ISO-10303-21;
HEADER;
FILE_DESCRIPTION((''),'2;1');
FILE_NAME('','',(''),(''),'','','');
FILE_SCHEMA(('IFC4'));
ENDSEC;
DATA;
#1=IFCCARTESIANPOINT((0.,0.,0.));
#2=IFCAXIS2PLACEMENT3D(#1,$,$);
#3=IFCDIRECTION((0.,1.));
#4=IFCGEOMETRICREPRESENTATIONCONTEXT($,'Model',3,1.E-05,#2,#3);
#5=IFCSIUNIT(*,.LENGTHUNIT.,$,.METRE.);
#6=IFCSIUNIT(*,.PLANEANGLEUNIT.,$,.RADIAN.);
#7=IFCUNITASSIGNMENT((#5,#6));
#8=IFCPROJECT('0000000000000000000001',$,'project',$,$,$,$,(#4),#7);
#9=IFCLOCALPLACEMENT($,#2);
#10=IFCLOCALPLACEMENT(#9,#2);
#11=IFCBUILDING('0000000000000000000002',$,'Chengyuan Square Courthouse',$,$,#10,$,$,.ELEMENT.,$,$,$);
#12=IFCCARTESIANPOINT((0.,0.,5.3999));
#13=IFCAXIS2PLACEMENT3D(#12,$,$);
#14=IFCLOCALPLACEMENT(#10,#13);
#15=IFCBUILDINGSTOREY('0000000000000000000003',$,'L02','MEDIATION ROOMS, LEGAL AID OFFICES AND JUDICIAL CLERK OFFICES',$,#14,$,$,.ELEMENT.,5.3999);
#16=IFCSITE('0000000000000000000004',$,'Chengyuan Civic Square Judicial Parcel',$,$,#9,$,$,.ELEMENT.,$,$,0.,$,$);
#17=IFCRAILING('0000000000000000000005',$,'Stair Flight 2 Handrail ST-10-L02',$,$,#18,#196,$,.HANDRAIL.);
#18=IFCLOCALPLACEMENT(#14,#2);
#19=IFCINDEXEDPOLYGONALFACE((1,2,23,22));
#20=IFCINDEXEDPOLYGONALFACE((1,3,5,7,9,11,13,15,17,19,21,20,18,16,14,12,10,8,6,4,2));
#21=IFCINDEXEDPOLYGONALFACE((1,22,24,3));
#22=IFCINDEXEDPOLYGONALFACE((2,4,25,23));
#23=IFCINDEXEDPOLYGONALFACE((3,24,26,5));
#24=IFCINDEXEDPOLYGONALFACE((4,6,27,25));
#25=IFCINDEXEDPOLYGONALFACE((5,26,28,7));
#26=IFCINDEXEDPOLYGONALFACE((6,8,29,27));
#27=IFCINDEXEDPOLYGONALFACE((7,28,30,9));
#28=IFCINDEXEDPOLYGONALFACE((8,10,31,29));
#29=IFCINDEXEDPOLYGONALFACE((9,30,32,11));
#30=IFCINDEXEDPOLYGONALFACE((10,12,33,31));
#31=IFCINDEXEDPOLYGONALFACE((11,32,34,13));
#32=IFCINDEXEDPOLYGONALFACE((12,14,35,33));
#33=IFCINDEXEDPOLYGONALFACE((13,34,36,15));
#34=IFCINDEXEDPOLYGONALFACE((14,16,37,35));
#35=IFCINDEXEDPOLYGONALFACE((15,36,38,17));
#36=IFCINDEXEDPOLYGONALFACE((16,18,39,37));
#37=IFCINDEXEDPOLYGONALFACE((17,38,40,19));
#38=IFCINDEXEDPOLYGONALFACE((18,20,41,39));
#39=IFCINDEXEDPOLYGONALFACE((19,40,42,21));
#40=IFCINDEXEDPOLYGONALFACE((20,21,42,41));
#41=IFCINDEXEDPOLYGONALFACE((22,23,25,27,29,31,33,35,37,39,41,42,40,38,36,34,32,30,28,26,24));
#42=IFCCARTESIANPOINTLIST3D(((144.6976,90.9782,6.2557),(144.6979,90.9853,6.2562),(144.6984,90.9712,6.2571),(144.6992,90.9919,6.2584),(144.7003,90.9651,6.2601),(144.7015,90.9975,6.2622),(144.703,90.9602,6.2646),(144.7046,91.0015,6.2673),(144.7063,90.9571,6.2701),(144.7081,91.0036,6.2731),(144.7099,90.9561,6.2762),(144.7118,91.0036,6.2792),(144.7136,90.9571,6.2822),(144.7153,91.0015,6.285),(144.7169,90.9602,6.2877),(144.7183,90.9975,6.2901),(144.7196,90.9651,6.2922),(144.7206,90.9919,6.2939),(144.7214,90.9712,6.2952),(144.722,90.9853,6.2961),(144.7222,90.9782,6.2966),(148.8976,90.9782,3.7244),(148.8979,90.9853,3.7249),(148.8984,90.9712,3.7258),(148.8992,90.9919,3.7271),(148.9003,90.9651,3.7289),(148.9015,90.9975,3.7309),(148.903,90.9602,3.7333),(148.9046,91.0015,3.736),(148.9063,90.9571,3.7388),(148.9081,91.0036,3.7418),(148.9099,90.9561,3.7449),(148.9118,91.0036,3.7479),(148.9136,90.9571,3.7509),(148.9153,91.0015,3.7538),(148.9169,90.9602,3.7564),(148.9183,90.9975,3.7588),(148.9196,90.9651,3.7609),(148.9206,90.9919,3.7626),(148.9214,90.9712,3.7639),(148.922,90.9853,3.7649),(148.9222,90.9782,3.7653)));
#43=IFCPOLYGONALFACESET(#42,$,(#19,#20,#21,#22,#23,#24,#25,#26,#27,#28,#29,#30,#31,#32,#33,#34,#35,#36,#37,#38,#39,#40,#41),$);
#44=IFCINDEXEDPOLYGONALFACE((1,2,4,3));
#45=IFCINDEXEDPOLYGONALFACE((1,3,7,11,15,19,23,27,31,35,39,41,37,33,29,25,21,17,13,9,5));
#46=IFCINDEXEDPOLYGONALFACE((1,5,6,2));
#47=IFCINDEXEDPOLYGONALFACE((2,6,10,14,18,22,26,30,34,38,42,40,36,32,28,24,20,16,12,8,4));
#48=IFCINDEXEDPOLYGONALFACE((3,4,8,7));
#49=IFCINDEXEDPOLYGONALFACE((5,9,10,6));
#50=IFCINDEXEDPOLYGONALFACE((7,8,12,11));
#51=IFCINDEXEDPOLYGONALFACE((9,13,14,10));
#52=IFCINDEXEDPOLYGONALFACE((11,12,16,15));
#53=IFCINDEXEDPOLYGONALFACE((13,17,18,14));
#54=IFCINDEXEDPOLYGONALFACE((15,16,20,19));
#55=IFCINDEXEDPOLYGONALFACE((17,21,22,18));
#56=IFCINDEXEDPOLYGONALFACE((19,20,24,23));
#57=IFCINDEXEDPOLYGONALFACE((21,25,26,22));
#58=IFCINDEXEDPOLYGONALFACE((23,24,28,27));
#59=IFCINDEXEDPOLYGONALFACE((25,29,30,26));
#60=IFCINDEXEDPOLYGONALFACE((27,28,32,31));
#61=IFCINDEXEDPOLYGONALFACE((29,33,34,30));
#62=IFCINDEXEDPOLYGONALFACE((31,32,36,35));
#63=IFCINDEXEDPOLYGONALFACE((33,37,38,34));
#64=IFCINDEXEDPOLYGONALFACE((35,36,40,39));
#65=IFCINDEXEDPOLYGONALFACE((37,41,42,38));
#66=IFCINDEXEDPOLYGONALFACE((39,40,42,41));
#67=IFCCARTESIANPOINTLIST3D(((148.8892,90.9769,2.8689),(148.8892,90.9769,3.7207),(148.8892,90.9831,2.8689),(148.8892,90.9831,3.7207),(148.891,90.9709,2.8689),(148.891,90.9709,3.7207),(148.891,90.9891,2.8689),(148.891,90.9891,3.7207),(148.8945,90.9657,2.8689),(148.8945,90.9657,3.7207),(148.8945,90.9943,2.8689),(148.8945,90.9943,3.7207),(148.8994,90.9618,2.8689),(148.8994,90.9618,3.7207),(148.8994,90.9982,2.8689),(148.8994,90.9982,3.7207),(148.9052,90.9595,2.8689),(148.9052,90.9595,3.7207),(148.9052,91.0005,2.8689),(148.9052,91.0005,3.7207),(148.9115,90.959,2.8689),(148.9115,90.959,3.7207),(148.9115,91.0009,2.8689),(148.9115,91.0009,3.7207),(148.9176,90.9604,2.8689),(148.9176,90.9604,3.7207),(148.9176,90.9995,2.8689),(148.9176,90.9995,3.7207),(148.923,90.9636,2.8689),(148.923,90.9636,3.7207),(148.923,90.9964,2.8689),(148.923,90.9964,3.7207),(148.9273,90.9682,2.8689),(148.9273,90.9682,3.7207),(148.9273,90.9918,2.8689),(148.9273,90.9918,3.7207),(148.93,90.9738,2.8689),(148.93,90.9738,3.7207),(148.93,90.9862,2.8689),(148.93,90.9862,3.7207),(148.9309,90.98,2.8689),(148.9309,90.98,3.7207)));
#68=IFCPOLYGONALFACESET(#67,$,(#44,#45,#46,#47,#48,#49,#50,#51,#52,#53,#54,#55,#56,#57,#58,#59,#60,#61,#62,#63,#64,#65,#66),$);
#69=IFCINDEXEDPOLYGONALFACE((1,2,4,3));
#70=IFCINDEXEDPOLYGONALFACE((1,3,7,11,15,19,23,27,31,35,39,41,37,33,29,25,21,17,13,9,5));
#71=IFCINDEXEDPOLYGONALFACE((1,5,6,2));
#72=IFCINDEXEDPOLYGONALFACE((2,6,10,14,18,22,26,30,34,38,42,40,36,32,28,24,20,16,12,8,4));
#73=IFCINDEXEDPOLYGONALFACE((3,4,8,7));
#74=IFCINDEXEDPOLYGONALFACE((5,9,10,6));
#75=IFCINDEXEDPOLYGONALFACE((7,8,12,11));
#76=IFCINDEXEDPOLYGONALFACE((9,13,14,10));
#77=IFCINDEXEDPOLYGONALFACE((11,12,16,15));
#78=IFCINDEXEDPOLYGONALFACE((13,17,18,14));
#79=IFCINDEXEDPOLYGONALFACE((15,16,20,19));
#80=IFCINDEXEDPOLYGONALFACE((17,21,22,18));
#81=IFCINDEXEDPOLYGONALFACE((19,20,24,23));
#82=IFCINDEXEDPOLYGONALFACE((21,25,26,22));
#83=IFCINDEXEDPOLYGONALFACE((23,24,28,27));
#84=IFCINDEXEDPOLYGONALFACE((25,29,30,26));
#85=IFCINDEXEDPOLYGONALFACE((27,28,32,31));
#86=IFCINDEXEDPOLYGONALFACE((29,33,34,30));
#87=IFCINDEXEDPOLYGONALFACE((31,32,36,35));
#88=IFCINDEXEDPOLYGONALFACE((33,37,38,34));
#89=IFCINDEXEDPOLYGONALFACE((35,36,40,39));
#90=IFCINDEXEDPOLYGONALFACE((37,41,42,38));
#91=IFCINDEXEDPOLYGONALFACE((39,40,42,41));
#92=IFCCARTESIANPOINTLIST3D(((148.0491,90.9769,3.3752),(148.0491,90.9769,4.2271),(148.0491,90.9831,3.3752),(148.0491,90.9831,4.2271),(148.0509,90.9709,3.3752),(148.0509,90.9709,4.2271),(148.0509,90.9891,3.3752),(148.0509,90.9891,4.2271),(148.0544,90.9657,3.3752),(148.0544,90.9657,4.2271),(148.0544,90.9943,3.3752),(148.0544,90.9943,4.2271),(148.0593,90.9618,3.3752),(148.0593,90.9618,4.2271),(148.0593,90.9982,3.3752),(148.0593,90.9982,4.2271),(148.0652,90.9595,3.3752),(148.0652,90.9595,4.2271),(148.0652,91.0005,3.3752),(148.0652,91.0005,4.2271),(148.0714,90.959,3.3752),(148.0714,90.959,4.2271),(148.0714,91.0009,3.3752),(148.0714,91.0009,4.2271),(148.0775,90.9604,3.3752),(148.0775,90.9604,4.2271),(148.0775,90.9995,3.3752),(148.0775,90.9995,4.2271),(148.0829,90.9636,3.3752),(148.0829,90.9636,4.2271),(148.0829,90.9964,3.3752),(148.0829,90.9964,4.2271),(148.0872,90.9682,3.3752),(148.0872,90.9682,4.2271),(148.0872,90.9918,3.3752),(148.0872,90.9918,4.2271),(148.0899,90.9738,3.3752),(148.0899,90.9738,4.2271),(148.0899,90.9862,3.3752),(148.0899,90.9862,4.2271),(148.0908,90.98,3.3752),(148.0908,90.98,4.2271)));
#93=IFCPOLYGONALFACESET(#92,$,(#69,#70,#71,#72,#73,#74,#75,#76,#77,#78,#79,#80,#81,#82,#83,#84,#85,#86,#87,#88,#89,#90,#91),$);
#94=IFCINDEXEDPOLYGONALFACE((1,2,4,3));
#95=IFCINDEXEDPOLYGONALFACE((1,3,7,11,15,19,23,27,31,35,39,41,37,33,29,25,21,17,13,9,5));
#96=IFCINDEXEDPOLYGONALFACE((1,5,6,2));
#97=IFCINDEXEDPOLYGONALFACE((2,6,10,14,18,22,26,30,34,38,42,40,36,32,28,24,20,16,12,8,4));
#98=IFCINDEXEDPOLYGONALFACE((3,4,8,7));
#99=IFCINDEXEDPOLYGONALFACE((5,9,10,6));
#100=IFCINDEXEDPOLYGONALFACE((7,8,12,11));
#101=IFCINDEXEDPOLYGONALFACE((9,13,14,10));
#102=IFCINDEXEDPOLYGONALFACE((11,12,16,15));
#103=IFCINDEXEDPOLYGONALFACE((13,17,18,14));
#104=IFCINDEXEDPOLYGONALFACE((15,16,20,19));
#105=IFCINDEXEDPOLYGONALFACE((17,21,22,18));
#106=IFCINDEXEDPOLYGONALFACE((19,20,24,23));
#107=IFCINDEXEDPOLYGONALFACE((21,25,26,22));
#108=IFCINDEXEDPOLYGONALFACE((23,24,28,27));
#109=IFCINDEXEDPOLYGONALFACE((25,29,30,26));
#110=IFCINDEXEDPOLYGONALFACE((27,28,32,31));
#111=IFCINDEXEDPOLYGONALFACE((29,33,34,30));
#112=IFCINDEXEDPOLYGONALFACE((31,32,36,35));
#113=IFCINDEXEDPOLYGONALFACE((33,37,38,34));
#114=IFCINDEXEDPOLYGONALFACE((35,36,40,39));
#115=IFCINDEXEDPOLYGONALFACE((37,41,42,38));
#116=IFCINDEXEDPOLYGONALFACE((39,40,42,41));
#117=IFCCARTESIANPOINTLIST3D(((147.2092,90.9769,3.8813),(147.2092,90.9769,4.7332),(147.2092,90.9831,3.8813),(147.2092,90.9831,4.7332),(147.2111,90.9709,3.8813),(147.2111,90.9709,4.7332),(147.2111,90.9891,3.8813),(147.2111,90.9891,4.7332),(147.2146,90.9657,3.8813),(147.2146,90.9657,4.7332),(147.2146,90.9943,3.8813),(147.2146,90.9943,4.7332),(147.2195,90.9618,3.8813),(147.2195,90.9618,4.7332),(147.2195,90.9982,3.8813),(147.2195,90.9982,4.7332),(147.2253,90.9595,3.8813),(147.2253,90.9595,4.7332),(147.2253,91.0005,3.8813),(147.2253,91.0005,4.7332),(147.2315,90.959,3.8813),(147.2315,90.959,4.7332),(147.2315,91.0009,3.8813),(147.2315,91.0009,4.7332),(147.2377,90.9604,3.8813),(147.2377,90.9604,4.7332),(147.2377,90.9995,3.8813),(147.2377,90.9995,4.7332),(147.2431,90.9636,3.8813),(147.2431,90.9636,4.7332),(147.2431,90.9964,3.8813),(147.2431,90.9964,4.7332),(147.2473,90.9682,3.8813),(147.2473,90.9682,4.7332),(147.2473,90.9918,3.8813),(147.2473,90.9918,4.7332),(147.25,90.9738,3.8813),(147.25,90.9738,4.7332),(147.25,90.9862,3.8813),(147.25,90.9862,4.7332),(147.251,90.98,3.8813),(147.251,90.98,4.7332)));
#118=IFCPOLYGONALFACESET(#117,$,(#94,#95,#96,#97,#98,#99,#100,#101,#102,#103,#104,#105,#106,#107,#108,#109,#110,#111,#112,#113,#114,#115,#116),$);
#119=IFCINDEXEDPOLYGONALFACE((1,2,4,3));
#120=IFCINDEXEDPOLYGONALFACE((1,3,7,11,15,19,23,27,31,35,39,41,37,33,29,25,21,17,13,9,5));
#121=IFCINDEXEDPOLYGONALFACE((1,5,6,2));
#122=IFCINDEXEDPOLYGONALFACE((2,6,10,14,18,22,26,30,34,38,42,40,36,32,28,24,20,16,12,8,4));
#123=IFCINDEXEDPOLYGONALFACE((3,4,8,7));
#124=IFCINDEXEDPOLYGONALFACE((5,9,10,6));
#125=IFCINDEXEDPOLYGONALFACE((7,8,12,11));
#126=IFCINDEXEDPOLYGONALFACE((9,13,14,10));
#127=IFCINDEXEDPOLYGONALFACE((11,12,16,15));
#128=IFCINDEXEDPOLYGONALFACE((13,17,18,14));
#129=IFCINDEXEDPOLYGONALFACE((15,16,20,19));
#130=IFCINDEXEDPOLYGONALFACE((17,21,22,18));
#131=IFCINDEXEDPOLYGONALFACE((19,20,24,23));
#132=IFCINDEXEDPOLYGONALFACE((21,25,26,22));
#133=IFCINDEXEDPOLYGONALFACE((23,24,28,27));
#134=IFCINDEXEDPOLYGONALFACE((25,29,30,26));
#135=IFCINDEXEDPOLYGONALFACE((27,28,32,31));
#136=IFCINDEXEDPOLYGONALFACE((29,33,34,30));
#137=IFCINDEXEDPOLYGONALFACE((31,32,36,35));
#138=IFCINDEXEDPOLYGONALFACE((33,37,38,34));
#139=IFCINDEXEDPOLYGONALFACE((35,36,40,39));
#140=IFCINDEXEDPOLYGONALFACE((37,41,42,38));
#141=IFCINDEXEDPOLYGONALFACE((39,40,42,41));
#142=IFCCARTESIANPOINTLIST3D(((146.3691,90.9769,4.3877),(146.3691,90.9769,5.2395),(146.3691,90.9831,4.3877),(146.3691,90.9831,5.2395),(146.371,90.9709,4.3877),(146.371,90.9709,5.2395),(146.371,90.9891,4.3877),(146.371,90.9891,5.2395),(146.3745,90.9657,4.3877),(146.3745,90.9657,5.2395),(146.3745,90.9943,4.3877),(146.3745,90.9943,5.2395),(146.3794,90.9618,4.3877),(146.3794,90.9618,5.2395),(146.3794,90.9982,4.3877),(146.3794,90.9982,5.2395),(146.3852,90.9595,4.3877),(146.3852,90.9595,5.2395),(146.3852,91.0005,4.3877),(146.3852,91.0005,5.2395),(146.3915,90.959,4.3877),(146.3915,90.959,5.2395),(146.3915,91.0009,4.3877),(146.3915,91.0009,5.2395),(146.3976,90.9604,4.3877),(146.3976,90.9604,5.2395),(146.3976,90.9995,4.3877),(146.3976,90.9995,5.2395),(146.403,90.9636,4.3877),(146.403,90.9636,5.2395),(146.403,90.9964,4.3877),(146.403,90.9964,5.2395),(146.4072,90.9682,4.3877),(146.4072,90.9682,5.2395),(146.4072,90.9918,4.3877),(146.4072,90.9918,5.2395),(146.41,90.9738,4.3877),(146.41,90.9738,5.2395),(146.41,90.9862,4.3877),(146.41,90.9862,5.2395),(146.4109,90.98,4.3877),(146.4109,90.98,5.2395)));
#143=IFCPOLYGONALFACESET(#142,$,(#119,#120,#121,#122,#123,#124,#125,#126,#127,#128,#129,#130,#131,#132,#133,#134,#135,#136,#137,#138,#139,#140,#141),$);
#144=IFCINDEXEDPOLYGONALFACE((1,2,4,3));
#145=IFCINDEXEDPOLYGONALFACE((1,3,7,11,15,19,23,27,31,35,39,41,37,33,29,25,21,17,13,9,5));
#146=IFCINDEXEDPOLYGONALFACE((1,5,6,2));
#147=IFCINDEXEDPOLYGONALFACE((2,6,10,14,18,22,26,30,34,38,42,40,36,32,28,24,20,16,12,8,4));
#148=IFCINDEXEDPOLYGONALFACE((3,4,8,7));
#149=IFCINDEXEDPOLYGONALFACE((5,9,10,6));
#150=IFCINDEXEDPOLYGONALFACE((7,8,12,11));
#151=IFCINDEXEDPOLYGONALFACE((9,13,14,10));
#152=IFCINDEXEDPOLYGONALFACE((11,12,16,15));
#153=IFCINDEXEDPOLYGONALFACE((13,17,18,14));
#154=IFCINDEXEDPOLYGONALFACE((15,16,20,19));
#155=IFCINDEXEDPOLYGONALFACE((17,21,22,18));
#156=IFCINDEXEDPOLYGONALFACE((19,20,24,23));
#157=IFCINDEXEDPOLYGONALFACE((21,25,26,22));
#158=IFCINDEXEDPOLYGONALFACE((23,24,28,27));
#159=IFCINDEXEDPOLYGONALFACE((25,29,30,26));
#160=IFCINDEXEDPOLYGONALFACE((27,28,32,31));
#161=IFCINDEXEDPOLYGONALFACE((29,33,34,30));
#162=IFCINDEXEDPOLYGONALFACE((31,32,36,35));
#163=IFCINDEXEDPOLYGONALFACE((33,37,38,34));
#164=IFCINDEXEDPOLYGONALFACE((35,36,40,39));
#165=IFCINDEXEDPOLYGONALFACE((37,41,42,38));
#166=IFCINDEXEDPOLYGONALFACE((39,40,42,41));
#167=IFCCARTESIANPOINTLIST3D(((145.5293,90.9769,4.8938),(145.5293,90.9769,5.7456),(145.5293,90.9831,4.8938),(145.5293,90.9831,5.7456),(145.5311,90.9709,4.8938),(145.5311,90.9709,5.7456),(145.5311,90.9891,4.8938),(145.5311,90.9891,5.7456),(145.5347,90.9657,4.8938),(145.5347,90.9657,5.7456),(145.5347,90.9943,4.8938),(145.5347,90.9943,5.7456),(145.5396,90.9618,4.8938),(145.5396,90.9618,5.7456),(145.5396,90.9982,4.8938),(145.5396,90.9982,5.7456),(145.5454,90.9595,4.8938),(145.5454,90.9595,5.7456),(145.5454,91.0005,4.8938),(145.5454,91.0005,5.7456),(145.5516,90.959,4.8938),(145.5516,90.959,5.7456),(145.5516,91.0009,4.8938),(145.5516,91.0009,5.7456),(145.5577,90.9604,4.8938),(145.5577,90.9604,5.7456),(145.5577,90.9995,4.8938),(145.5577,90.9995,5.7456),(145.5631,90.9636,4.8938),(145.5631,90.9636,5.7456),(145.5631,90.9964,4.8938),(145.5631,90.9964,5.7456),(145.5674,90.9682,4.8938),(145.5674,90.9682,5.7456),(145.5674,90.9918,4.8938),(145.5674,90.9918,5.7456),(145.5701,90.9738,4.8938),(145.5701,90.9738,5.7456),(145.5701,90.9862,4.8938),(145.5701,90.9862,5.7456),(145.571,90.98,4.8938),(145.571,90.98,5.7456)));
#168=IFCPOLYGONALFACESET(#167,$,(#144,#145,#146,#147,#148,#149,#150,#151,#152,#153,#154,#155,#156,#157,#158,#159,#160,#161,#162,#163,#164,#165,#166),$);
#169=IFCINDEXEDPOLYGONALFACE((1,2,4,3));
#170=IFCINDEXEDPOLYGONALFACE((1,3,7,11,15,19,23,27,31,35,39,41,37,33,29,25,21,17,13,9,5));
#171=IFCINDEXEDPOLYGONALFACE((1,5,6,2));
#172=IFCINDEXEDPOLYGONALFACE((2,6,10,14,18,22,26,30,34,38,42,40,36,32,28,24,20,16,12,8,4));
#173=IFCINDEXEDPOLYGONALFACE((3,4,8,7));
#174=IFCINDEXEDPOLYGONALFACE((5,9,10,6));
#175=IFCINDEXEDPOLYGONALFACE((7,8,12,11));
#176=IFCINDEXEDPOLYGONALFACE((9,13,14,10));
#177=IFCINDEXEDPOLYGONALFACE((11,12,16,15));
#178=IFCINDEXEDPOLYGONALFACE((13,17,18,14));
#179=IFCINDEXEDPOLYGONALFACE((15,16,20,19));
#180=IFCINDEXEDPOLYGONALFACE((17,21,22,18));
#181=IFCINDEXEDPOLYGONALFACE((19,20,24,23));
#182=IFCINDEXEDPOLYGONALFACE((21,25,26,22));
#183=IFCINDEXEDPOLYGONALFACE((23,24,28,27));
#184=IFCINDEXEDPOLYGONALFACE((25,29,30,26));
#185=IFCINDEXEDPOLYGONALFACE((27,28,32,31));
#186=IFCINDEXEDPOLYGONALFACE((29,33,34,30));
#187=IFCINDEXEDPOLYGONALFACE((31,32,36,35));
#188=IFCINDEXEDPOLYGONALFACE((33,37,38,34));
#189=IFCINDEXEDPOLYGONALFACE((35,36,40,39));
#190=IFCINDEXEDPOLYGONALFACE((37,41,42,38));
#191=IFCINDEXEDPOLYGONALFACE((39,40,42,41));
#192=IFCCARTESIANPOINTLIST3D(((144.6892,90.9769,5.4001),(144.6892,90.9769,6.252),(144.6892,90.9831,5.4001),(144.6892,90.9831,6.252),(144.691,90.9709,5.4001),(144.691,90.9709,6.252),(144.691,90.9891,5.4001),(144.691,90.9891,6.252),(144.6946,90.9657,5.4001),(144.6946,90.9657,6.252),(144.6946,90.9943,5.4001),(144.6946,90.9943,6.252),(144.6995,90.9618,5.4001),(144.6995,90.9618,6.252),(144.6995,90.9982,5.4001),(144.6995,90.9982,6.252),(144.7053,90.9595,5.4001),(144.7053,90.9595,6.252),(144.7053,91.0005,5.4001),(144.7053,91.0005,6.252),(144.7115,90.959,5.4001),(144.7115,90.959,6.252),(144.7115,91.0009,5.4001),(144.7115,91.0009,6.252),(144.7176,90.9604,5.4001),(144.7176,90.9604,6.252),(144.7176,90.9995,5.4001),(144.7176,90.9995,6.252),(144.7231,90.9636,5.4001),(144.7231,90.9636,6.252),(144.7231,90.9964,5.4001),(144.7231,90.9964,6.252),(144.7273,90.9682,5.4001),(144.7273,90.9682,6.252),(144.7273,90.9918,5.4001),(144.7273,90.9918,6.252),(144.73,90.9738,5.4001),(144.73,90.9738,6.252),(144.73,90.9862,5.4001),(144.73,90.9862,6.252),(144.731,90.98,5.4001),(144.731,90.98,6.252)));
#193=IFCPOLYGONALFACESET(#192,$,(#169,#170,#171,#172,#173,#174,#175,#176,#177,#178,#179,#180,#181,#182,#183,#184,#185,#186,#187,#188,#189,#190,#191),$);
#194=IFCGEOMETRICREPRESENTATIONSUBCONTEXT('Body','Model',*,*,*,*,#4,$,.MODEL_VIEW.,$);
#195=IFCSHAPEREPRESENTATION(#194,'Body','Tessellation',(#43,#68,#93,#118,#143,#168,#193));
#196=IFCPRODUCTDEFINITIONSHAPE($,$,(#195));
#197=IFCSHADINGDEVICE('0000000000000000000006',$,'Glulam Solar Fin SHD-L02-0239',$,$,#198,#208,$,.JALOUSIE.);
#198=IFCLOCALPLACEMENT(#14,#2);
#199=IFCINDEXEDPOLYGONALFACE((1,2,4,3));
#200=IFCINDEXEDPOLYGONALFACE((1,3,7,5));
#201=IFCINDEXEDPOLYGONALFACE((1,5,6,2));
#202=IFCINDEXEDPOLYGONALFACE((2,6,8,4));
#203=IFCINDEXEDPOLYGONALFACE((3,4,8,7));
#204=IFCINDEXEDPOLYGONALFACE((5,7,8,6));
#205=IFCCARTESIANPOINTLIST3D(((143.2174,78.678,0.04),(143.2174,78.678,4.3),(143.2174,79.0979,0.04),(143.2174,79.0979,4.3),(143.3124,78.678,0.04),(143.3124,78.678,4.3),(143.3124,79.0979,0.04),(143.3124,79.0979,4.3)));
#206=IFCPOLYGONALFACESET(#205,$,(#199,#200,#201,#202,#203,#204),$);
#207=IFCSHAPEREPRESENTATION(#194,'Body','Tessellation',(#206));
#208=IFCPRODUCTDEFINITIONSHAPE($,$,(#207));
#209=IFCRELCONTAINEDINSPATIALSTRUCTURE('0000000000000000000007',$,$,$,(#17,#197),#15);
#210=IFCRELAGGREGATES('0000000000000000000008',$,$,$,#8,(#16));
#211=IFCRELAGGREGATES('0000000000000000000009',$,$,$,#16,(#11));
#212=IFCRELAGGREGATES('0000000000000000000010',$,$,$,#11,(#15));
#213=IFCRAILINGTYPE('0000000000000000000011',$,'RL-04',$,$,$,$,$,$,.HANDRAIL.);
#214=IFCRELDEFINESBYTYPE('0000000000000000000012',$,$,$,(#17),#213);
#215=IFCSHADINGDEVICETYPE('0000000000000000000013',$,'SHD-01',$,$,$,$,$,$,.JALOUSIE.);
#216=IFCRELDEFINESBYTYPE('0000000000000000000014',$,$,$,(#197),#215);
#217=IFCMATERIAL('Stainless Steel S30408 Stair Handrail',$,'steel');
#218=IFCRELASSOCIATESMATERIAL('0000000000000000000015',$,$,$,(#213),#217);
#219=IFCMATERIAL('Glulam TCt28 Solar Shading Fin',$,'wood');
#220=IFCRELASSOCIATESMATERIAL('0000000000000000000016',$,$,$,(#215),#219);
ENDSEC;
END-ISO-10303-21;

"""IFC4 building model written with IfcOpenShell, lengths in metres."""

from ifc_helpers import new_model, si_unit, direction, frame, origin, origin_2d, place, context, subcontext, project, spatial, rectangle, circle, extrude, material, type_object, element, save


model = new_model("IFC4")

# Units and contexts
model_context = context("Model", 3, precision=1e-05, world=origin(), true_north=direction((0.0, 1.0)))
body_context = subcontext(model_context, "Body", "Model", "MODEL_VIEW")
ifc_project = project(units=[si_unit("LENGTHUNIT", "METRE"), si_unit("PLANEANGLEUNIT", "RADIAN")], contexts=[model_context])

# Site, building, storey
site_placement = place(None, origin())
site = spatial("IfcSite", under=ifc_project, at=site_placement, Name="Chengyuan Civic Square Judicial Parcel", CompositionType="ELEMENT", RefElevation=0.0)
building_placement = place(site_placement, origin())
building = spatial("IfcBuilding", under=site, at=building_placement, Name="Chengyuan Square Courthouse", CompositionType="ELEMENT")
storey_placement = place(building_placement, frame((0.0, 0.0, 5.3999)))
storey = spatial("IfcBuildingStorey", under=building, at=storey_placement, Name="L02", Description="MEDIATION ROOMS, LEGAL AID OFFICES AND JUDICIAL CLERK OFFICES", CompositionType="ELEMENT", Elevation=5.3999)

# Railing
ifc_material_1 = material(Name="Stainless Steel S30408 Stair Handrail", Category="steel")
railing_type_1 = type_object("IfcRailingType", Name="RL-04", PredefinedType="HANDRAIL", material=ifc_material_1)
railing_1_placement = place(storey_placement, frame((148.9099, 90.98, 2.8689)))
element("IfcRailing", 1, at=railing_1_placement, inside=storey, type_object=railing_type_1, Name="Stair Flight 2 Handrail ST-10-L02", PredefinedType="HANDRAIL", context=body_context, shape_type="SweptSolid", body=[
    extrude(circle(Radius=0.0239, at=origin_2d()), frame((0.0, 0.0, 0.876), z_axis=(-0.856476, 0.0, 0.516186), x_axis=(0.0, -1.0, 0.0)), (0.0, 0.0, 1.0), 4.9038),
    extrude(circle(Radius=0.021, at=origin_2d()), origin(), (0.0, 0.0, 1.0), 0.8518),
    extrude(circle(Radius=0.021, at=origin_2d()), frame((-0.8401, 0.0, 0.5063)), (0.0, 0.0, 1.0), 0.8518),
    extrude(circle(Radius=0.021, at=origin_2d()), frame((-1.6799, 0.0, 1.0125)), (0.0, 0.0, 1.0), 0.8518),
    extrude(circle(Radius=0.021, at=origin_2d()), frame((-2.52, 0.0, 1.5188)), (0.0, 0.0, 1.0), 0.8518),
    extrude(circle(Radius=0.021, at=origin_2d()), frame((-3.3599, 0.0, 2.0249)), (0.0, 0.0, 1.0), 0.8518),
    extrude(circle(Radius=0.021, at=origin_2d()), frame((-4.2, 0.0, 2.5312)), (0.0, 0.0, 1.0), 0.8518),
])

# Shading device
ifc_material_2 = material(Name="Glulam TCt28 Solar Shading Fin", Category="wood")
shading_device_type_1 = type_object("IfcShadingDeviceType", Name="SHD-01", PredefinedType="JALOUSIE", material=ifc_material_2)
for number, where, z_axis, x_axis, name in (
    (2, (143.2649, 78.8879, 0.04), (0.0, 0.0, 1.0), (0.0, 1.0, 0.0), "Glulam Solar Fin SHD-L02-0239"),
):
    element("IfcShadingDevice", number, at=place(storey_placement, frame(where, z_axis=z_axis, x_axis=x_axis)), inside=storey, type_object=shading_device_type_1, Name=name, PredefinedType="JALOUSIE", context=body_context, shape_type="SweptSolid", body=[
        extrude(rectangle(XDim=0.4199, YDim=0.095, at=origin_2d()), origin(), (0.0, 0.0, 1.0), 4.26),
    ])

save(model, "model.ifc")
